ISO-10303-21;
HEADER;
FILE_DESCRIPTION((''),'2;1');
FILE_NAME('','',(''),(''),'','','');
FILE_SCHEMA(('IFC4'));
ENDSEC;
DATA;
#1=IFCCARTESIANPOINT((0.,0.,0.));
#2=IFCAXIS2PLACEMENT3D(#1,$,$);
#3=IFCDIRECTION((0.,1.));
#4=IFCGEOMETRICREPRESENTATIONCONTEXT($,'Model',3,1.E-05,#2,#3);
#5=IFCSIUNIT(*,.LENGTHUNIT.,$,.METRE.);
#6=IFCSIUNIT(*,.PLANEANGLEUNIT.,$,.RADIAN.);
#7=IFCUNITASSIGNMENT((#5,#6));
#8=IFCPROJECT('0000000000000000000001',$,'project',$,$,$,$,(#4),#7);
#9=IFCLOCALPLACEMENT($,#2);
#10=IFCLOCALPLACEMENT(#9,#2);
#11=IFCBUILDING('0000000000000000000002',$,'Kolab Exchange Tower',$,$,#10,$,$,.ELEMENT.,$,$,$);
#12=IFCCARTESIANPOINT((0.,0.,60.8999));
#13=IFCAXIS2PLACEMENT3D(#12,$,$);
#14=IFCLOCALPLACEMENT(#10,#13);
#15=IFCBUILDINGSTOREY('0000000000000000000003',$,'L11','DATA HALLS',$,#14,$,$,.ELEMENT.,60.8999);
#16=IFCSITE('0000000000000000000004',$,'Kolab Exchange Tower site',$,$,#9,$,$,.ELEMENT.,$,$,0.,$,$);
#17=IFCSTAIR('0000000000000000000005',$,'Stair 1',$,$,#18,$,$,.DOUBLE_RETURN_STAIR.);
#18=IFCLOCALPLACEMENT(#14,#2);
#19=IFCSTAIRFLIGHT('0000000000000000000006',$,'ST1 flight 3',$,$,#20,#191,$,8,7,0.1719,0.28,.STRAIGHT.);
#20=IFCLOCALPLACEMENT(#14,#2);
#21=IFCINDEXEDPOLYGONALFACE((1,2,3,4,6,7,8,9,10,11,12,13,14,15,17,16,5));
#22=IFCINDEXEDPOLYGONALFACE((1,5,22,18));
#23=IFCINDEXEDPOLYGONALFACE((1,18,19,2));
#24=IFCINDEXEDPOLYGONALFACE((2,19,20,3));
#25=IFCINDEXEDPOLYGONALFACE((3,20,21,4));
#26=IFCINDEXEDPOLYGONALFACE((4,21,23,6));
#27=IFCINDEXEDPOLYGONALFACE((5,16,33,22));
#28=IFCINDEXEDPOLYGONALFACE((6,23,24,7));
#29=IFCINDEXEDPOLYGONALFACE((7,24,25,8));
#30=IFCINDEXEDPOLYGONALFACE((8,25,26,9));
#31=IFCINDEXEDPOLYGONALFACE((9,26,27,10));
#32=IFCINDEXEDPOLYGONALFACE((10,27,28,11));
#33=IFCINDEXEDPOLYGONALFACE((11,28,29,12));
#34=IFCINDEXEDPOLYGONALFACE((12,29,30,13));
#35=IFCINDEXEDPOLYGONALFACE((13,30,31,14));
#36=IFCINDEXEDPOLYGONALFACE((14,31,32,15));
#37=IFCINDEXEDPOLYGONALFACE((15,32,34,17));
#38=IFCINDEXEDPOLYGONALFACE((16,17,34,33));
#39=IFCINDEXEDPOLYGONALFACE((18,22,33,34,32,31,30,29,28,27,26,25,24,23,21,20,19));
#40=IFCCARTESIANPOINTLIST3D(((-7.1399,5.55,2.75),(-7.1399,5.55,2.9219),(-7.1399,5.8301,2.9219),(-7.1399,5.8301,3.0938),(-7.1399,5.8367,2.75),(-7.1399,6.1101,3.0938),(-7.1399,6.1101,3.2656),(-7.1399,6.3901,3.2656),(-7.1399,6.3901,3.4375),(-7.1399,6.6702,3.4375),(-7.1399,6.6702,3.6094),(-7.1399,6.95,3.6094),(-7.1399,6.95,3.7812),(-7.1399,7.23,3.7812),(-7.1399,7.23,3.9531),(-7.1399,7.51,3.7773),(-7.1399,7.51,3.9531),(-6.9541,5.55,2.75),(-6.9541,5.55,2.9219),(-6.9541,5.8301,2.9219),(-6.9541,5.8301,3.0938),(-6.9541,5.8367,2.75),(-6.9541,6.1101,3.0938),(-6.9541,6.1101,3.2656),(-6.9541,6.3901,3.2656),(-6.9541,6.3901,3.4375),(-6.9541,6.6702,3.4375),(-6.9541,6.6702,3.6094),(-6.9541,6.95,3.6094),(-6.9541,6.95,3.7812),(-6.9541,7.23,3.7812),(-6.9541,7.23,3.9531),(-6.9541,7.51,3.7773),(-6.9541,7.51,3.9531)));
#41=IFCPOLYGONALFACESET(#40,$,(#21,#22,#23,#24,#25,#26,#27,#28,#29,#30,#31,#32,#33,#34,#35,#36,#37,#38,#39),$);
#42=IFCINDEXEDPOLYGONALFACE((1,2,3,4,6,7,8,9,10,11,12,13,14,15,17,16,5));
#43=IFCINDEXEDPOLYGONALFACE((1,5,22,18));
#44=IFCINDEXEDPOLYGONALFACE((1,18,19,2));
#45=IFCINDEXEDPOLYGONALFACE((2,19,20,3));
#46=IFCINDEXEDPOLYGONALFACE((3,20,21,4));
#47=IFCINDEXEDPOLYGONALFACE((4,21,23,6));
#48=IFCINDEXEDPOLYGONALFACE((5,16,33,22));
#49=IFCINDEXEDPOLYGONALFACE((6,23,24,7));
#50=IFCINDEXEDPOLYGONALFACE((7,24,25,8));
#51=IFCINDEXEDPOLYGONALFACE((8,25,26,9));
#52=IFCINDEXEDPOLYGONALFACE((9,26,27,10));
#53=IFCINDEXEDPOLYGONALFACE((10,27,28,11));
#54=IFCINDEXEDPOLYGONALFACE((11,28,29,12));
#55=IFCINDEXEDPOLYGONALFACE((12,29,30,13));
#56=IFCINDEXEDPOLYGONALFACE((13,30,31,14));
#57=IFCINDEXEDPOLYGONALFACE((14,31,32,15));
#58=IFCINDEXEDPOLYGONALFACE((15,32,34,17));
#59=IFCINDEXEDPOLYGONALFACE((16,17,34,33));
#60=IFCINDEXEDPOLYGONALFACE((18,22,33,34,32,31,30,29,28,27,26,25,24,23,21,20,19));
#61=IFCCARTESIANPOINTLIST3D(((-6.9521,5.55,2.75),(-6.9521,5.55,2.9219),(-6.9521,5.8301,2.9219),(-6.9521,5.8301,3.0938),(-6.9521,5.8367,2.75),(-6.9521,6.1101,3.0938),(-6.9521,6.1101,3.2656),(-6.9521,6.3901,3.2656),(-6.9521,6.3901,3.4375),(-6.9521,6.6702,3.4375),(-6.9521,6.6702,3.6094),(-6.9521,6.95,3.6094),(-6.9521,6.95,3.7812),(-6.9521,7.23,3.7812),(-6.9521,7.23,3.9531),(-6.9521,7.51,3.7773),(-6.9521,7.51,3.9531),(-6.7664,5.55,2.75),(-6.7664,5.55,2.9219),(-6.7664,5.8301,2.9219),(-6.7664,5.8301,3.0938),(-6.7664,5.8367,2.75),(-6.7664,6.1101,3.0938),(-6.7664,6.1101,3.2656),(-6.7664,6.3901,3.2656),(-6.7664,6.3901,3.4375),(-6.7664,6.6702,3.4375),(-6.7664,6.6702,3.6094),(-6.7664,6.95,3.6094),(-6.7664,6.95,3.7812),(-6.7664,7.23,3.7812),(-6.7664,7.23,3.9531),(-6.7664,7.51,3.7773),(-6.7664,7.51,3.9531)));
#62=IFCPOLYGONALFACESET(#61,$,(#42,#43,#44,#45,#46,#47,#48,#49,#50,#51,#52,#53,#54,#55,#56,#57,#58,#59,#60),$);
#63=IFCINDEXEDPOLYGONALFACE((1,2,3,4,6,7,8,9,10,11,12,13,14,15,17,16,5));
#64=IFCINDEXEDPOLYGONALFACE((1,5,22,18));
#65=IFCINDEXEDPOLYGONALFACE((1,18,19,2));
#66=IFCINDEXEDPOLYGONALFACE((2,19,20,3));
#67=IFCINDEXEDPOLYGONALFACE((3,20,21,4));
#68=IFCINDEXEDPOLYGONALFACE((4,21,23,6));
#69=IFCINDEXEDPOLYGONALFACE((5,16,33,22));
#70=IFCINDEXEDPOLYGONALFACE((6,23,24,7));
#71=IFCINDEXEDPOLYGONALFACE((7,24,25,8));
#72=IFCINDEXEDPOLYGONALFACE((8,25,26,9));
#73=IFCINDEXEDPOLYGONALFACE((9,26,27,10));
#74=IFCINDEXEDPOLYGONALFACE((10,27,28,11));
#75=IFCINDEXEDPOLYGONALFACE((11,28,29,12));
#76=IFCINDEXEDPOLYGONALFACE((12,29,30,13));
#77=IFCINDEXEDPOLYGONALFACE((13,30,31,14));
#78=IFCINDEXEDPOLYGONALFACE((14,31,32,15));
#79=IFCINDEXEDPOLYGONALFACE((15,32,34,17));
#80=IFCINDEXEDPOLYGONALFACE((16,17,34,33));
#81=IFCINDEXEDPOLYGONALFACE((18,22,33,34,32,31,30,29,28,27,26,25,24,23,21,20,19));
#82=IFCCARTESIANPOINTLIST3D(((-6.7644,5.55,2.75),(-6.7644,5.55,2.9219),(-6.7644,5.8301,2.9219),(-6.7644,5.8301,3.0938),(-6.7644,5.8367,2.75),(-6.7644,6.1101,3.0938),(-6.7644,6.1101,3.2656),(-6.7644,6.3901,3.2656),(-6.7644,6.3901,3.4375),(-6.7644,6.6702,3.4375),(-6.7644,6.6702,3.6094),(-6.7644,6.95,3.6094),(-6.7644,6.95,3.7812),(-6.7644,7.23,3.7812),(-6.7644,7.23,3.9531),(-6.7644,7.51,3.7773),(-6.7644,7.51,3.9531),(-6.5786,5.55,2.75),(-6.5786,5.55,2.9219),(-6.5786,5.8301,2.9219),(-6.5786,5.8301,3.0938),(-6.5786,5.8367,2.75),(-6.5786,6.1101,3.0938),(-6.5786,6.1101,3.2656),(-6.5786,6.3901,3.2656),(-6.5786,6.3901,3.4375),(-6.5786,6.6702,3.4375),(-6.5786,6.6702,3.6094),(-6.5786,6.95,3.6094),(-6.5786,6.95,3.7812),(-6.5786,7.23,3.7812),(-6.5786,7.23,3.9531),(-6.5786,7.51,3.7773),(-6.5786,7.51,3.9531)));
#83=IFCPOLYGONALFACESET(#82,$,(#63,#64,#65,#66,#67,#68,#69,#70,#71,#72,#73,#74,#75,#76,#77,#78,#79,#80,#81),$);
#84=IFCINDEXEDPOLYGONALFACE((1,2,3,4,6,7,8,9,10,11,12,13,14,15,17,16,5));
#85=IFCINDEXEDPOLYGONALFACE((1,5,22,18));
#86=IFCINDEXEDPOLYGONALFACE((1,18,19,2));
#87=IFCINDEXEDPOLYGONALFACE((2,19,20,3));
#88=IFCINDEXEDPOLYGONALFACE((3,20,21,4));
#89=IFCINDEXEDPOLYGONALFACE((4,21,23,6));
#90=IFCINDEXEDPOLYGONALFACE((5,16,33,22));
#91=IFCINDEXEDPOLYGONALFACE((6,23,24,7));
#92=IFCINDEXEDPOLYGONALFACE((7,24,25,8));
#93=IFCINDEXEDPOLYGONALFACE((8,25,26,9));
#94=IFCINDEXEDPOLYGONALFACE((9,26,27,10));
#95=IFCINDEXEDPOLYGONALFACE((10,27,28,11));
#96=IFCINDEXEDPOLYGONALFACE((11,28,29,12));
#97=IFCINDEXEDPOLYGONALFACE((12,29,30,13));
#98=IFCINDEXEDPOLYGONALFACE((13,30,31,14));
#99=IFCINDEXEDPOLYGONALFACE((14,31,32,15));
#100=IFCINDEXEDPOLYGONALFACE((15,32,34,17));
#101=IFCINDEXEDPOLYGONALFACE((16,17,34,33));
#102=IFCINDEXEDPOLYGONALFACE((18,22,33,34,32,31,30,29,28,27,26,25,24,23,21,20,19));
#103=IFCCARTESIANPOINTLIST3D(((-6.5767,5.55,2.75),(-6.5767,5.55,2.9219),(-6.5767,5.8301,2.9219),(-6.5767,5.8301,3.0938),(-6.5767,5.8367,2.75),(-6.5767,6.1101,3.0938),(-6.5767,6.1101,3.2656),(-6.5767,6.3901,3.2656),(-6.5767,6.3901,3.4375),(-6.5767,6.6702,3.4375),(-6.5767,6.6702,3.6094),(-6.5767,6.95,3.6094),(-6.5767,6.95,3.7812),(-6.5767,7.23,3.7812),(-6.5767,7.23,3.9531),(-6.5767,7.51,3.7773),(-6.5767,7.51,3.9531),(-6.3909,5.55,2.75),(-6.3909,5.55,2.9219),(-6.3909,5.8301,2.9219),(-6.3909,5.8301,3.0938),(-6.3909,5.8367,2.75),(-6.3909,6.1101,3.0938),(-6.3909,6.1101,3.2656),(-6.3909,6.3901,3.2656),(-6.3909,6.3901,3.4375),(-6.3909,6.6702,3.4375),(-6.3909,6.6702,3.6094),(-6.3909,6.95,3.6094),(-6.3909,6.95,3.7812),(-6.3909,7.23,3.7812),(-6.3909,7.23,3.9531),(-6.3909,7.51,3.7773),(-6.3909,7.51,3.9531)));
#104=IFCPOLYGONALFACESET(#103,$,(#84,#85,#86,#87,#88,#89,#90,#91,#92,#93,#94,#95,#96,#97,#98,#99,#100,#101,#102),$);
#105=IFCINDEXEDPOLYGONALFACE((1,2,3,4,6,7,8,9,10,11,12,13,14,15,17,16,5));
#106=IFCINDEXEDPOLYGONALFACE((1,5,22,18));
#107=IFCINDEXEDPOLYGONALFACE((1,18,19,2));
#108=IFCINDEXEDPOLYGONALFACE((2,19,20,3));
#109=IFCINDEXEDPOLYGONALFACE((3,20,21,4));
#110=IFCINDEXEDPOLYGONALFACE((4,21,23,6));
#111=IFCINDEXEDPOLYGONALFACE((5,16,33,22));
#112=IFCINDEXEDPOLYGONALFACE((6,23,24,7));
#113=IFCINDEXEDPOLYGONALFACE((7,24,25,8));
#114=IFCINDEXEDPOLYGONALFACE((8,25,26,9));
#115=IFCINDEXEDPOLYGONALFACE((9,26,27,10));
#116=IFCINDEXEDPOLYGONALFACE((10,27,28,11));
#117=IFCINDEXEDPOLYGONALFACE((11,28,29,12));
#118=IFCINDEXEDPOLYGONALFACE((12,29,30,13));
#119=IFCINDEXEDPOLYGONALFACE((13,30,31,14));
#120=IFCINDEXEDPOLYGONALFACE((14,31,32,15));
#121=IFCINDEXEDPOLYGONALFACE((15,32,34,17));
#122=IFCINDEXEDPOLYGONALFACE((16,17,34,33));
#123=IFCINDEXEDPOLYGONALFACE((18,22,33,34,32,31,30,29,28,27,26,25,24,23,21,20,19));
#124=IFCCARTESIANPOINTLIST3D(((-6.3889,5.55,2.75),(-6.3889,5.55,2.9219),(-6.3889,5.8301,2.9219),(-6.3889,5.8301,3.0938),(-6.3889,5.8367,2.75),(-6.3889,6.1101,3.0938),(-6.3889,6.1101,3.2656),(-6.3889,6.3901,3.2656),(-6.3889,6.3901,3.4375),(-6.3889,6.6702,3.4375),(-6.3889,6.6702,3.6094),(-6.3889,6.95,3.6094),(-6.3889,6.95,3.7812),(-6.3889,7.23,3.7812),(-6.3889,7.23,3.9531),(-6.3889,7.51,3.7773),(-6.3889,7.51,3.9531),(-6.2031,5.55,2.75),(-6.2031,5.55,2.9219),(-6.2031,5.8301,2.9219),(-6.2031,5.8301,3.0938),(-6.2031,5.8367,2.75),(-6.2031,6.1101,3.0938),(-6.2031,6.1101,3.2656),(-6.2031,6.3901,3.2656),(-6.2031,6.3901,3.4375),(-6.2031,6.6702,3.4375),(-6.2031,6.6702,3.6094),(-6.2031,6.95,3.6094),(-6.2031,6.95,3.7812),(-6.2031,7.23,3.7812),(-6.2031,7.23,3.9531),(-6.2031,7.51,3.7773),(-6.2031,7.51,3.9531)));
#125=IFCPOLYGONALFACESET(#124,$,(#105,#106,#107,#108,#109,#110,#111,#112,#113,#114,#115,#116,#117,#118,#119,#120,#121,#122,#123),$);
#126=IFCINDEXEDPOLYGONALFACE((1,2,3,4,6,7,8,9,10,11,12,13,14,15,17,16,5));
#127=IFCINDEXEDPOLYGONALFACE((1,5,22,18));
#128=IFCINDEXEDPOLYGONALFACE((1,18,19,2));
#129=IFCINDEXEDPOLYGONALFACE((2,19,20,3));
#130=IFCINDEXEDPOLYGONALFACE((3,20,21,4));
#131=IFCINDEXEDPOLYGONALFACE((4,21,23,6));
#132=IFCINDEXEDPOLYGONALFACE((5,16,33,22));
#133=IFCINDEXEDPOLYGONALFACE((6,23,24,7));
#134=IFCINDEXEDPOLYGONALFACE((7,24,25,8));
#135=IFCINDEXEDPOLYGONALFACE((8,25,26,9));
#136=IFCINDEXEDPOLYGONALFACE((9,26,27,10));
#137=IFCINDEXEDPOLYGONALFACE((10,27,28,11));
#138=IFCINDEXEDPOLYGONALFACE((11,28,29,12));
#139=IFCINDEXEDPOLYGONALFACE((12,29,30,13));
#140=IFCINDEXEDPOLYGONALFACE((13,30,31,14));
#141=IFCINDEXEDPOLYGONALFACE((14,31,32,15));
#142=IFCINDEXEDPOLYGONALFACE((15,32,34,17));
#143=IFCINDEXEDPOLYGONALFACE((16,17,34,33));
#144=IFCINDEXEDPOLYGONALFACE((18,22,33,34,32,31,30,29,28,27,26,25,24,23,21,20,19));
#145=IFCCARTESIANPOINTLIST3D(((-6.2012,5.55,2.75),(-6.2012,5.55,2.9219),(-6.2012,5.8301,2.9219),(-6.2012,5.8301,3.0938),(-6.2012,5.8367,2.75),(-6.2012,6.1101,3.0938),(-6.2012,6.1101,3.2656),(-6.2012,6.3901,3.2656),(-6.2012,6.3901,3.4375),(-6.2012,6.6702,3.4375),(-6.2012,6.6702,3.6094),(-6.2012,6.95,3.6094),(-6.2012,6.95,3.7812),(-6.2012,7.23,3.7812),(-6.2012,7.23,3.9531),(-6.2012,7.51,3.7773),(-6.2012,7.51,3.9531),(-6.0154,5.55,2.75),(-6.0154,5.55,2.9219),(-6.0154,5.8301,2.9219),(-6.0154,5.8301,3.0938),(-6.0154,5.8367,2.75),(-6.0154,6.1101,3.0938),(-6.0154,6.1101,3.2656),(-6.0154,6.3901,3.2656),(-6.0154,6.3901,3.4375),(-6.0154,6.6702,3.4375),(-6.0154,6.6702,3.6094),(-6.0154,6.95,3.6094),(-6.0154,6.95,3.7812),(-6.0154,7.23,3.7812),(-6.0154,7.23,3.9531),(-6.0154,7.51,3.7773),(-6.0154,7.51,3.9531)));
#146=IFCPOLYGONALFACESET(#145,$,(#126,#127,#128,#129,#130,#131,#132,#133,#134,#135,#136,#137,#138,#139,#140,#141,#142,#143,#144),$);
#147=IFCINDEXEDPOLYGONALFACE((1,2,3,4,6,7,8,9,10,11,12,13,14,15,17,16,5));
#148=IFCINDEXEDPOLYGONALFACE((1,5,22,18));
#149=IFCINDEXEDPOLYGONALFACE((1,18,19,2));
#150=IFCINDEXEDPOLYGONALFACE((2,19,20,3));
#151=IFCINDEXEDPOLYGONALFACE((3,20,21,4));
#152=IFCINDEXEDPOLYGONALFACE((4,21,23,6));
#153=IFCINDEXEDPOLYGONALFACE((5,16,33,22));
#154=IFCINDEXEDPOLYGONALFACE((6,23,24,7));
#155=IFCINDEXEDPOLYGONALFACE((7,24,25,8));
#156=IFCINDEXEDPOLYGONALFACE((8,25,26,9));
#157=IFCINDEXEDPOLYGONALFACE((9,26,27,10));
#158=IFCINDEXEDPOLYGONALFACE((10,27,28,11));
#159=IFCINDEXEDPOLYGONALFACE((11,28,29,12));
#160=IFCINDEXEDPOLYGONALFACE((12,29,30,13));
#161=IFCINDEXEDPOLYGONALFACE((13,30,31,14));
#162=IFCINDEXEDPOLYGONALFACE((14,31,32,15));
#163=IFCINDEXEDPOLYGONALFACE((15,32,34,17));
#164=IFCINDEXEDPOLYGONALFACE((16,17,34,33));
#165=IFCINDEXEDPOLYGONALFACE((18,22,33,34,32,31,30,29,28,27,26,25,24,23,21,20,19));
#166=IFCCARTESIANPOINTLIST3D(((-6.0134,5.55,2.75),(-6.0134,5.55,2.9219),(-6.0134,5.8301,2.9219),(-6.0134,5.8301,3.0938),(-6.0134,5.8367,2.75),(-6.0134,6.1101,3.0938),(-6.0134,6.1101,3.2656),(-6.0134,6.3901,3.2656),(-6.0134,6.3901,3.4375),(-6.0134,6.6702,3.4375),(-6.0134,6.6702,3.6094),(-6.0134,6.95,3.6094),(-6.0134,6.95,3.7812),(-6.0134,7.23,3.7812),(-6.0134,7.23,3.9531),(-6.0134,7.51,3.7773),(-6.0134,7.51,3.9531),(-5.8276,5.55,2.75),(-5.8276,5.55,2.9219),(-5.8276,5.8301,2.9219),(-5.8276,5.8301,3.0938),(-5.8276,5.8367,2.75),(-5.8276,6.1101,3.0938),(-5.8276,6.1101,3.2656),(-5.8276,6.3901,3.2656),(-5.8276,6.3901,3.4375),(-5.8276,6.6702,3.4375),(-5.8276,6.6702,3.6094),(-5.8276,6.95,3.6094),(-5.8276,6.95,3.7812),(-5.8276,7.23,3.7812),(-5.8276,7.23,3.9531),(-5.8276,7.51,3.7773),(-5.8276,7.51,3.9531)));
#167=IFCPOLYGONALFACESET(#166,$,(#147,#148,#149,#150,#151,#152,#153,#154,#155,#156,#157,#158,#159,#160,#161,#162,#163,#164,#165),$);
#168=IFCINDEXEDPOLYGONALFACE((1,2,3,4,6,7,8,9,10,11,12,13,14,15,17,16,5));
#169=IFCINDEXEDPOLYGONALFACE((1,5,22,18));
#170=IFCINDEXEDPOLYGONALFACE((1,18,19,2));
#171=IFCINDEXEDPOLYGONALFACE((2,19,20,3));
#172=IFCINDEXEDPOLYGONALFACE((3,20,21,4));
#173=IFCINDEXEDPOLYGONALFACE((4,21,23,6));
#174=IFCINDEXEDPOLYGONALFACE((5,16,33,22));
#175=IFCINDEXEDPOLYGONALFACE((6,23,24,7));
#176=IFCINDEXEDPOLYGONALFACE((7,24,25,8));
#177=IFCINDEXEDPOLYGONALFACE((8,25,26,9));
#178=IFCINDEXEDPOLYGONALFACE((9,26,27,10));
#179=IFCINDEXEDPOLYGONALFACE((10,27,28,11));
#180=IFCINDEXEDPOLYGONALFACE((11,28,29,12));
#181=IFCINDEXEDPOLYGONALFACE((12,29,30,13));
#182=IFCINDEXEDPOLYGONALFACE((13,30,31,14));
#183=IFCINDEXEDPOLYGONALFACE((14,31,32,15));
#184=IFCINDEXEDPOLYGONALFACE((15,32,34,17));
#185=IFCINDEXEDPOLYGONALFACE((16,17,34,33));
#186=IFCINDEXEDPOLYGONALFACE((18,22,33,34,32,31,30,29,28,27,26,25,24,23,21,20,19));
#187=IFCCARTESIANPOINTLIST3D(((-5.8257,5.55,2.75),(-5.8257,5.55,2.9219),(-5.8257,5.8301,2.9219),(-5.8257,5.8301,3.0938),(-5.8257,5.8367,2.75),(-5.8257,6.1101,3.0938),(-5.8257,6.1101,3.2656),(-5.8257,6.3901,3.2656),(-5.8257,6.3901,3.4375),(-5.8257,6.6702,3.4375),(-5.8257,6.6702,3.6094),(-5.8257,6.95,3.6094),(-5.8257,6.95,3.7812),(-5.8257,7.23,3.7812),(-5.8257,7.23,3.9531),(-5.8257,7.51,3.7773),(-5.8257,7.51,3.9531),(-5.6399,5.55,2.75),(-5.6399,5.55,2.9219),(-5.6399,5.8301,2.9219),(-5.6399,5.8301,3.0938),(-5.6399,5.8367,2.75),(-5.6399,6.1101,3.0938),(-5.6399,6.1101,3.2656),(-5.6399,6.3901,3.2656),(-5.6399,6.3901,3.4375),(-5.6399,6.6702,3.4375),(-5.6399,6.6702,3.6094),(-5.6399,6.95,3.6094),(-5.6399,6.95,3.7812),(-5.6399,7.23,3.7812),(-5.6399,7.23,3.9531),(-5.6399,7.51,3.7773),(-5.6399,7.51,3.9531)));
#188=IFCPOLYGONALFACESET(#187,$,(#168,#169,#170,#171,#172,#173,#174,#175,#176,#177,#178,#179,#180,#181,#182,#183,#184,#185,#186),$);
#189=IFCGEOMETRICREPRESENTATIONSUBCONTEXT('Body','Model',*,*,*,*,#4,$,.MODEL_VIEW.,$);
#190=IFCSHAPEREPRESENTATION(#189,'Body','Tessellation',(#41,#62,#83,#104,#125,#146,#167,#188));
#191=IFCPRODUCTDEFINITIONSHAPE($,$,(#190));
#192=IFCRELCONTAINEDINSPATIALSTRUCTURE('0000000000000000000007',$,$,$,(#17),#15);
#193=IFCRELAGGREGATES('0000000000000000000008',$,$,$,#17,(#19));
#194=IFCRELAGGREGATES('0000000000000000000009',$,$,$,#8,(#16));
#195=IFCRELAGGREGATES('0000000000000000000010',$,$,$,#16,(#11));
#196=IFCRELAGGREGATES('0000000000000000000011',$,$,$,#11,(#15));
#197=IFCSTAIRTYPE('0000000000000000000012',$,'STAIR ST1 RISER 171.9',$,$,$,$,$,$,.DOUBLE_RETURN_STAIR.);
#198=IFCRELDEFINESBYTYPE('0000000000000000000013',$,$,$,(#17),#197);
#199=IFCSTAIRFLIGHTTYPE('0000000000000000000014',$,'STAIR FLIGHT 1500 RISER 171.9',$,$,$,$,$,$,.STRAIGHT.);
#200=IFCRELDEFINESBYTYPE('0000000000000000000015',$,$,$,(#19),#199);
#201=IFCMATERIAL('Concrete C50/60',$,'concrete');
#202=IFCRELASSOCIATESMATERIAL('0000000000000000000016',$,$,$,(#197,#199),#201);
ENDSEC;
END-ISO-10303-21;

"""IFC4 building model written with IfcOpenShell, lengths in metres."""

from ifc_helpers import new_model, si_unit, direction, frame, origin, place, context, subcontext, project, spatial, polyline, outline, extrude, material, type_object, element, aggregate, save


model = new_model("IFC4")

# Units and contexts
model_context = context("Model", 3, precision=1e-05, world=origin(), true_north=direction((0.0, 1.0)))
body_context = subcontext(model_context, "Body", "Model", "MODEL_VIEW")
ifc_project = project(units=[si_unit("LENGTHUNIT", "METRE"), si_unit("PLANEANGLEUNIT", "RADIAN")], contexts=[model_context])

# Site, building, storey
site_placement = place(None, origin())
site = spatial("IfcSite", under=ifc_project, at=site_placement, Name="Kolab Exchange Tower site", CompositionType="ELEMENT", RefElevation=0.0)
building_placement = place(site_placement, origin())
building = spatial("IfcBuilding", under=site, at=building_placement, Name="Kolab Exchange Tower", CompositionType="ELEMENT")
storey_placement = place(building_placement, frame((0.0, 0.0, 60.8999)))
storey = spatial("IfcBuildingStorey", under=building, at=storey_placement, Name="L11", Description="DATA HALLS", CompositionType="ELEMENT", Elevation=60.8999)

# Shared definitions
ifc_material_1 = material(Name="Concrete C50/60", Category="concrete")

# Stair, stair flight
stair_type = type_object("IfcStairType", Name="STAIR ST1 RISER 171.9", PredefinedType="DOUBLE_RETURN_STAIR", material=ifc_material_1)
stair_placement = place(storey_placement, origin())
stair = element("IfcStair", 1, at=stair_placement, inside=storey, type_object=stair_type, Name="Stair 1", PredefinedType="DOUBLE_RETURN_STAIR")
stair_flight_type = type_object("IfcStairFlightType", Name="STAIR FLIGHT 1500 RISER 171.9", PredefinedType="STRAIGHT", material=ifc_material_1)
stair_flight_1_placement = place(storey_placement, frame((-6.3899, 5.55, 2.75), z_axis=(0.0, 0.0, 1.0), x_axis=(0.0, 1.0, 0.0)))
stair_flight_1 = element("IfcStairFlight", 2, at=stair_flight_1_placement, type_object=stair_flight_type, Name="ST1 flight 3", NumberOfRisers=8, NumberOfTreads=7, PredefinedType="STRAIGHT", RiserHeight=0.1719, TreadLength=0.28, context=body_context, shape_type="SweptSolid", body=[
    extrude(outline(polyline([(0.0, 0.0), (0.0, 0.1719), (0.28, 0.1719), (0.28, 0.3438), (0.5601, 0.3438), (0.5601, 0.5156), (0.8401, 0.5156), (0.8401, 0.6875), (1.1201, 0.6875), (1.1201, 0.8594), (1.3999, 0.8594), (1.3999, 1.0312), (1.6799, 1.0312), (1.6799, 1.2031), (1.96, 1.2031), (1.96, 1.375), (1.96, 1.0273), (0.2866, 0.0), (0.0, 0.0)])), frame((0.0, 0.75, 0.0), z_axis=(0.0, -1.0, 0.0), x_axis=(1.0, 0.0, 0.0)), (0.0, 0.0, 1.0), 0.1858),
    extrude(outline(polyline([(0.0, 0.0), (0.0, 0.1719), (0.28, 0.1719), (0.28, 0.3438), (0.5601, 0.3438), (0.5601, 0.5156), (0.8401, 0.5156), (0.8401, 0.6875), (1.1201, 0.6875), (1.1201, 0.8594), (1.3999, 0.8594), (1.3999, 1.0312), (1.6799, 1.0312), (1.6799, 1.2031), (1.96, 1.2031), (1.96, 1.375), (1.96, 1.0273), (0.2866, 0.0), (0.0, 0.0)])), frame((0.0, 0.5623, 0.0), z_axis=(0.0, -1.0, 0.0), x_axis=(1.0, 0.0, 0.0)), (0.0, 0.0, 1.0), 0.1858),
    extrude(outline(polyline([(0.0, 0.0), (0.0, 0.1719), (0.28, 0.1719), (0.28, 0.3438), (0.5601, 0.3438), (0.5601, 0.5156), (0.8401, 0.5156), (0.8401, 0.6875), (1.1201, 0.6875), (1.1201, 0.8594), (1.3999, 0.8594), (1.3999, 1.0312), (1.6799, 1.0312), (1.6799, 1.2031), (1.96, 1.2031), (1.96, 1.375), (1.96, 1.0273), (0.2866, 0.0), (0.0, 0.0)])), frame((0.0, 0.3745, 0.0), z_axis=(0.0, -1.0, 0.0), x_axis=(1.0, 0.0, 0.0)), (0.0, 0.0, 1.0), 0.1858),
    extrude(outline(polyline([(0.0, 0.0), (0.0, 0.1719), (0.28, 0.1719), (0.28, 0.3438), (0.5601, 0.3438), (0.5601, 0.5156), (0.8401, 0.5156), (0.8401, 0.6875), (1.1201, 0.6875), (1.1201, 0.8594), (1.3999, 0.8594), (1.3999, 1.0312), (1.6799, 1.0312), (1.6799, 1.2031), (1.96, 1.2031), (1.96, 1.375), (1.96, 1.0273), (0.2866, 0.0), (0.0, 0.0)])), frame((0.0, 0.1868, 0.0), z_axis=(0.0, -1.0, 0.0), x_axis=(1.0, 0.0, 0.0)), (0.0, 0.0, 1.0), 0.1858),
    extrude(outline(polyline([(0.0, 0.0), (0.0, 0.1719), (0.28, 0.1719), (0.28, 0.3438), (0.5601, 0.3438), (0.5601, 0.5156), (0.8401, 0.5156), (0.8401, 0.6875), (1.1201, 0.6875), (1.1201, 0.8594), (1.3999, 0.8594), (1.3999, 1.0312), (1.6799, 1.0312), (1.6799, 1.2031), (1.96, 1.2031), (1.96, 1.375), (1.96, 1.0273), (0.2866, 0.0), (0.0, 0.0)])), frame((0.0, -0.001, 0.0), z_axis=(0.0, -1.0, 0.0), x_axis=(1.0, 0.0, 0.0)), (0.0, 0.0, 1.0), 0.1858),
    extrude(outline(polyline([(0.0, 0.0), (0.0, 0.1719), (0.28, 0.1719), (0.28, 0.3438), (0.5601, 0.3438), (0.5601, 0.5156), (0.8401, 0.5156), (0.8401, 0.6875), (1.1201, 0.6875), (1.1201, 0.8594), (1.3999, 0.8594), (1.3999, 1.0312), (1.6799, 1.0312), (1.6799, 1.2031), (1.96, 1.2031), (1.96, 1.375), (1.96, 1.0273), (0.2866, 0.0), (0.0, 0.0)])), frame((0.0, -0.1887, 0.0), z_axis=(0.0, -1.0, 0.0), x_axis=(1.0, 0.0, 0.0)), (0.0, 0.0, 1.0), 0.1858),
    extrude(outline(polyline([(0.0, 0.0), (0.0, 0.1719), (0.28, 0.1719), (0.28, 0.3438), (0.5601, 0.3438), (0.5601, 0.5156), (0.8401, 0.5156), (0.8401, 0.6875), (1.1201, 0.6875), (1.1201, 0.8594), (1.3999, 0.8594), (1.3999, 1.0312), (1.6799, 1.0312), (1.6799, 1.2031), (1.96, 1.2031), (1.96, 1.375), (1.96, 1.0273), (0.2866, 0.0), (0.0, 0.0)])), frame((0.0, -0.3765, 0.0), z_axis=(0.0, -1.0, 0.0), x_axis=(1.0, 0.0, 0.0)), (0.0, 0.0, 1.0), 0.1858),
    extrude(outline(polyline([(0.0, 0.0), (0.0, 0.1719), (0.28, 0.1719), (0.28, 0.3438), (0.5601, 0.3438), (0.5601, 0.5156), (0.8401, 0.5156), (0.8401, 0.6875), (1.1201, 0.6875), (1.1201, 0.8594), (1.3999, 0.8594), (1.3999, 1.0312), (1.6799, 1.0312), (1.6799, 1.2031), (1.96, 1.2031), (1.96, 1.375), (1.96, 1.0273), (0.2866, 0.0), (0.0, 0.0)])), frame((0.0, -0.5642, 0.0), z_axis=(0.0, -1.0, 0.0), x_axis=(1.0, 0.0, 0.0)), (0.0, 0.0, 1.0), 0.1858),
])
aggregate(stair, [stair_flight_1])

save(model, "model.ifc")
